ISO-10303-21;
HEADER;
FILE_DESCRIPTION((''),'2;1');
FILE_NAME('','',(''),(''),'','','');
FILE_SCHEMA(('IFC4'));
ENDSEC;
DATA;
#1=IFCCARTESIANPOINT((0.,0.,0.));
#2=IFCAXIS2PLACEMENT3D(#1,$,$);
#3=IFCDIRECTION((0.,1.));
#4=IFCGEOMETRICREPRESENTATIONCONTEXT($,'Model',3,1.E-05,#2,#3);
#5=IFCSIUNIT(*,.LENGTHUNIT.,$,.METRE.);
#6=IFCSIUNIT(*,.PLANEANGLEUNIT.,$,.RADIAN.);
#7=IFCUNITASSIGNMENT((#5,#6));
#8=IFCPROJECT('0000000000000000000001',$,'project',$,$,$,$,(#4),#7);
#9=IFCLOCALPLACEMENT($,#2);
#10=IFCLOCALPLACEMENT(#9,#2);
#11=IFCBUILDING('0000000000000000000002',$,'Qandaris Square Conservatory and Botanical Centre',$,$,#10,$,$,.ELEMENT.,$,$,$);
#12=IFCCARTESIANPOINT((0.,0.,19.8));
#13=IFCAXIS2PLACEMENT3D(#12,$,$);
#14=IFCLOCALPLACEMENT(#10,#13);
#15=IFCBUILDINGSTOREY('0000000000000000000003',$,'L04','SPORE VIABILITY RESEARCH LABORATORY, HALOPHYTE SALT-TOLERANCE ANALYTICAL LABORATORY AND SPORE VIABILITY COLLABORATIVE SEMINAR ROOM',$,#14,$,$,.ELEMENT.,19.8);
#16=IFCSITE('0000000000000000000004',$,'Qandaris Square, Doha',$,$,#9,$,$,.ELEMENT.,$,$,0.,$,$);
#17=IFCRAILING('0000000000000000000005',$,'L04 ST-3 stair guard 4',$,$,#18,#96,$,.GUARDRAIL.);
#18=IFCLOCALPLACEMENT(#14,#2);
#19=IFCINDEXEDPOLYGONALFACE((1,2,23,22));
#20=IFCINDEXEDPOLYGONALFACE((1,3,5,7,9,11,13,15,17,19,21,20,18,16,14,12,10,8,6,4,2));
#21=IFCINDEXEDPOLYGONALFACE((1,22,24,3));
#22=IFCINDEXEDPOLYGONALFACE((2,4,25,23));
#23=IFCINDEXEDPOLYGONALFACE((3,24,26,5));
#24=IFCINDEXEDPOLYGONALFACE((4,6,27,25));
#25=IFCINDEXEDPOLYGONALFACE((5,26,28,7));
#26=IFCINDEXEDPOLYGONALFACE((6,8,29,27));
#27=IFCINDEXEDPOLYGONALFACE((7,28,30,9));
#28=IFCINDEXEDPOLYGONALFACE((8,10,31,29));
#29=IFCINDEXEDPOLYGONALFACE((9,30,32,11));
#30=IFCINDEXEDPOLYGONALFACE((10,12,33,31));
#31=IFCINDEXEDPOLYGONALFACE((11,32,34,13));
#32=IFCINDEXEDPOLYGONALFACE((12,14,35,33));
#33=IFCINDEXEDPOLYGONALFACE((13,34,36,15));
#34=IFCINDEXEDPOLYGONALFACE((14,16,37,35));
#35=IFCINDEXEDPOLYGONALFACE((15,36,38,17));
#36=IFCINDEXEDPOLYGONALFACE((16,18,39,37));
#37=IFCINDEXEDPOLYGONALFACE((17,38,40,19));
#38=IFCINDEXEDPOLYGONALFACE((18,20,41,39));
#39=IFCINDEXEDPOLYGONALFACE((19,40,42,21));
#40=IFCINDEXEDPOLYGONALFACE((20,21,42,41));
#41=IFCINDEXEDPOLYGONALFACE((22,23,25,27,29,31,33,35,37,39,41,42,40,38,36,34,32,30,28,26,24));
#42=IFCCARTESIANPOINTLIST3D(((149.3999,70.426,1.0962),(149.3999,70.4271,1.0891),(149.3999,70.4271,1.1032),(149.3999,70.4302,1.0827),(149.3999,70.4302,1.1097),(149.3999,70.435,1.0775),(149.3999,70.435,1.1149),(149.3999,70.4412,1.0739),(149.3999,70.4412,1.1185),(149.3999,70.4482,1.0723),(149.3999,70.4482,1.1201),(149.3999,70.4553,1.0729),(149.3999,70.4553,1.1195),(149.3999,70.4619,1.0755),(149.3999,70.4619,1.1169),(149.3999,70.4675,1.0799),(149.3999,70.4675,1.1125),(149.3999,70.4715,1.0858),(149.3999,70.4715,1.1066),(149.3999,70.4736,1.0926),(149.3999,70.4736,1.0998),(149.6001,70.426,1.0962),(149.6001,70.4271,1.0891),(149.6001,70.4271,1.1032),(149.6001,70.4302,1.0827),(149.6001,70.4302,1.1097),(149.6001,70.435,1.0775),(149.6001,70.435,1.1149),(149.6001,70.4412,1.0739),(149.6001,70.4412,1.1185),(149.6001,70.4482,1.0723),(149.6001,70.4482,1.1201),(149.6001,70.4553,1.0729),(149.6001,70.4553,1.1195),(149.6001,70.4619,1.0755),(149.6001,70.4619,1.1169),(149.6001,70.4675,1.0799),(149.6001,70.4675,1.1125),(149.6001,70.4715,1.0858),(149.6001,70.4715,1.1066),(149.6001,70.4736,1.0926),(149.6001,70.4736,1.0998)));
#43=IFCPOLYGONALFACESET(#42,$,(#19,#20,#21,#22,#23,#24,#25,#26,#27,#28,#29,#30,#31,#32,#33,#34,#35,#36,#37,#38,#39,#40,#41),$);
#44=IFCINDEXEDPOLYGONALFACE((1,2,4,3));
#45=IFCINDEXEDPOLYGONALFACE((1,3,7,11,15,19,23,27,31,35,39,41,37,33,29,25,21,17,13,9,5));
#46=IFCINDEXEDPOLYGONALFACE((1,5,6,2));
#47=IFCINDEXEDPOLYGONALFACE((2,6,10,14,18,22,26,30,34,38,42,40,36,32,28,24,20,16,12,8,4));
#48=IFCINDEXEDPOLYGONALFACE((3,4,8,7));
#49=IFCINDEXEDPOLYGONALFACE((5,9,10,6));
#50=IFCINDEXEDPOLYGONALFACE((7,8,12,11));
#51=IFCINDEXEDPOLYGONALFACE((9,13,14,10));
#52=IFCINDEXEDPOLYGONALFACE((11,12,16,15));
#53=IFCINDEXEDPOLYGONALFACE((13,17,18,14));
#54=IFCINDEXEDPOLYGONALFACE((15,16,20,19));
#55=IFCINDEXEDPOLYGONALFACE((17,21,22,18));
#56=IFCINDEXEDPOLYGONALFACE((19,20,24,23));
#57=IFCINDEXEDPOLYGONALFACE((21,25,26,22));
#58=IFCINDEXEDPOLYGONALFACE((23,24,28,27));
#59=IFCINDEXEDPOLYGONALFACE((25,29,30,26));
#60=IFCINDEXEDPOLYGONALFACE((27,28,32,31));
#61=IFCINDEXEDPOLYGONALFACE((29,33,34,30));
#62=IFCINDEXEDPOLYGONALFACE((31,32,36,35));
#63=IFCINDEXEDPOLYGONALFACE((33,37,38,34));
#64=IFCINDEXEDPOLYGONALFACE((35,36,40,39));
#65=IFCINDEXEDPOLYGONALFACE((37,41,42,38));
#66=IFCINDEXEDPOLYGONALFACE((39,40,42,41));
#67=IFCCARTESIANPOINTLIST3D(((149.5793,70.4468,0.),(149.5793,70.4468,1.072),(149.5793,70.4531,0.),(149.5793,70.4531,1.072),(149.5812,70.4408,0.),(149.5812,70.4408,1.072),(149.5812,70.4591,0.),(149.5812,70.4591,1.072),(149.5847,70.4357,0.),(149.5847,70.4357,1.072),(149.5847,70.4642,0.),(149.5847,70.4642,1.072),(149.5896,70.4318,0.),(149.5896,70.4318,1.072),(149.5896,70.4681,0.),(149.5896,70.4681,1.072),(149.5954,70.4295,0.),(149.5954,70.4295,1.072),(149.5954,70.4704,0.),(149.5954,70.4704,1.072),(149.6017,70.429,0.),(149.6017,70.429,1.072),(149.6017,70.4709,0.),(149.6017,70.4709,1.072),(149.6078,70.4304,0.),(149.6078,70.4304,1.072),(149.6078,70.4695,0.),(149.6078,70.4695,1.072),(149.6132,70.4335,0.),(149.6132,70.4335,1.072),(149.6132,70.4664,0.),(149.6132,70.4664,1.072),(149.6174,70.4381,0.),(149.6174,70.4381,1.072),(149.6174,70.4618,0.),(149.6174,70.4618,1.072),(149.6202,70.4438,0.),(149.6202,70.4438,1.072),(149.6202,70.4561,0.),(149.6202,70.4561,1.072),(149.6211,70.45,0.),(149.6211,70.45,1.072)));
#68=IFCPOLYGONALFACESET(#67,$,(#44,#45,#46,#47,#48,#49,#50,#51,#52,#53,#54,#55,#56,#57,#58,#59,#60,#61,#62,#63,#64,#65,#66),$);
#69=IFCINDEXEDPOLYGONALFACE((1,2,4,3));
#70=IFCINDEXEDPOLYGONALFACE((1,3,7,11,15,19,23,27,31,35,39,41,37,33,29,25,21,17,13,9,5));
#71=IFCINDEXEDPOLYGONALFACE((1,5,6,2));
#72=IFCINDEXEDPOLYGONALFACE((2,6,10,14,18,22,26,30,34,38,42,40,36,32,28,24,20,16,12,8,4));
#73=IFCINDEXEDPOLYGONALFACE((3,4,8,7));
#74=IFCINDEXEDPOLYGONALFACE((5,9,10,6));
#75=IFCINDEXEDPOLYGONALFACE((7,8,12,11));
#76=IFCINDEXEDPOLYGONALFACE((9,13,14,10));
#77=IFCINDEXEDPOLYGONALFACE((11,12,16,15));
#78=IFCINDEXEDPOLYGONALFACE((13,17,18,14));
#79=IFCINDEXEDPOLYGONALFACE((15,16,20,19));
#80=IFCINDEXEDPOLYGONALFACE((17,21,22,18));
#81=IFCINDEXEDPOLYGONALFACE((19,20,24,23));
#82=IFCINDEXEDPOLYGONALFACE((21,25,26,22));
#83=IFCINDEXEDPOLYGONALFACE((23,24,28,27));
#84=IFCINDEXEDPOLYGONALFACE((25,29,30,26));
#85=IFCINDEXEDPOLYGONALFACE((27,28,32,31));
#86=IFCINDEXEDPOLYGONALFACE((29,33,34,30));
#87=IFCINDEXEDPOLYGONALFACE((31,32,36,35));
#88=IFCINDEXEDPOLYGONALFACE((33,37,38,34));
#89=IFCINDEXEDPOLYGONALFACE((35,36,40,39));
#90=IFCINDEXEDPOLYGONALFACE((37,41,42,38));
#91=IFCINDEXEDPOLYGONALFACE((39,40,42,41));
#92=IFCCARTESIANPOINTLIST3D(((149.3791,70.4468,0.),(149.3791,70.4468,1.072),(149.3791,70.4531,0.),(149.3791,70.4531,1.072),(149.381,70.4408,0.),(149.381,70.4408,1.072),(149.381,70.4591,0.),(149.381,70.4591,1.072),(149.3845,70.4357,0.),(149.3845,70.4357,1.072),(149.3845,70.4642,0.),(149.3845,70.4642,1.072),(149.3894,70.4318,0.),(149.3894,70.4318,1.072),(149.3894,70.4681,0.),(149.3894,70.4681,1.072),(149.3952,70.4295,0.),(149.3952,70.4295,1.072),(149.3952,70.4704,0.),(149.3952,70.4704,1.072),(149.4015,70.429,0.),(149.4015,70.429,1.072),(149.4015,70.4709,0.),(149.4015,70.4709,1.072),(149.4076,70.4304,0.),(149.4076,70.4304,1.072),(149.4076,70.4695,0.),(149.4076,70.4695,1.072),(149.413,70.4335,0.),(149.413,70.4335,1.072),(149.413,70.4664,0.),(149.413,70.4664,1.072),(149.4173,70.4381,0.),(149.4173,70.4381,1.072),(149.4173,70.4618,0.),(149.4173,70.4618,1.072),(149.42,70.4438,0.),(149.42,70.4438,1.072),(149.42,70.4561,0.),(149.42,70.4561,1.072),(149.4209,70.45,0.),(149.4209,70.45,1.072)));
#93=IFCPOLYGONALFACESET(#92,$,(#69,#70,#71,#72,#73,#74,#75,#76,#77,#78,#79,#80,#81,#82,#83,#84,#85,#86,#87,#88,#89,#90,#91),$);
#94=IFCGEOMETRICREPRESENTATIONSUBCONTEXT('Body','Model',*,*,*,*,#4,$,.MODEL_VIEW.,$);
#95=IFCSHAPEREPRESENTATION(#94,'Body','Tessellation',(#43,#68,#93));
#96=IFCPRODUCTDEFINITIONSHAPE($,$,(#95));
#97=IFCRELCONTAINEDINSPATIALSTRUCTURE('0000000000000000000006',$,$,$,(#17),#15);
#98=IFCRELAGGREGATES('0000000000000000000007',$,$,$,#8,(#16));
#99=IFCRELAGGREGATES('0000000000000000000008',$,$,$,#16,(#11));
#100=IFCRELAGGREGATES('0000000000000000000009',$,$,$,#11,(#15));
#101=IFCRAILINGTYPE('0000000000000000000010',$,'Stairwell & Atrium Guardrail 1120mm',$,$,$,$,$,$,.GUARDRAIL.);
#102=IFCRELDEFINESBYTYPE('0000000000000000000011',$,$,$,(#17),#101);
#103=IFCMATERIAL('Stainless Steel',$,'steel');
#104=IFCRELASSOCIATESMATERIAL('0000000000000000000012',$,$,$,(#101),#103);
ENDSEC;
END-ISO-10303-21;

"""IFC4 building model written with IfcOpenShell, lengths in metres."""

from ifc_helpers import new_model, si_unit, direction, frame, origin, origin_2d, place, context, subcontext, project, spatial, circle, extrude, material, type_object, element, save


model = new_model("IFC4")

# Units and contexts
model_context = context("Model", 3, precision=1e-05, world=origin(), true_north=direction((0.0, 1.0)))
body_context = subcontext(model_context, "Body", "Model", "MODEL_VIEW")
ifc_project = project(units=[si_unit("LENGTHUNIT", "METRE"), si_unit("PLANEANGLEUNIT", "RADIAN")], contexts=[model_context])

# Site, building, storey
site_placement = place(None, origin())
site = spatial("IfcSite", under=ifc_project, at=site_placement, Name="Qandaris Square, Doha", CompositionType="ELEMENT", RefElevation=0.0)
building_placement = place(site_placement, origin())
building = spatial("IfcBuilding", under=site, at=building_placement, Name="Qandaris Square Conservatory and Botanical Centre", CompositionType="ELEMENT")
storey_placement = place(building_placement, frame((0.0, 0.0, 19.8)))
storey = spatial("IfcBuildingStorey", under=building, at=storey_placement, Name="L04", Description="SPORE VIABILITY RESEARCH LABORATORY, HALOPHYTE SALT-TOLERANCE ANALYTICAL LABORATORY AND SPORE VIABILITY COLLABORATIVE SEMINAR ROOM", CompositionType="ELEMENT", Elevation=19.8)

# Railing
ifc_material_1 = material(Name="Stainless Steel", Category="steel")
railing_type_1 = type_object("IfcRailingType", Name="Stairwell & Atrium Guardrail 1120mm", PredefinedType="GUARDRAIL", material=ifc_material_1)
railing_1_placement = place(storey_placement, frame((149.6001, 70.45, 0.0)))
element("IfcRailing", 1, at=railing_1_placement, inside=storey, type_object=railing_type_1, Name="L04 ST-3 stair guard 4", PredefinedType="GUARDRAIL", context=body_context, shape_type="SweptSolid", body=[
    extrude(circle(Radius=0.0239, at=origin_2d()), frame((0.0, 0.0, 1.0962), z_axis=(-1.0, 0.0, 0.0), x_axis=(0.0, -1.0, 0.0)), (0.0, 0.0, 1.0), 0.2002),
    extrude(circle(Radius=0.021, at=origin_2d()), origin(), (0.0, 0.0, 1.0), 1.072),
    extrude(circle(Radius=0.021, at=origin_2d()), frame((-0.2002, 0.0, 0.0)), (0.0, 0.0, 1.0), 1.072),
])

save(model, "model.ifc")
